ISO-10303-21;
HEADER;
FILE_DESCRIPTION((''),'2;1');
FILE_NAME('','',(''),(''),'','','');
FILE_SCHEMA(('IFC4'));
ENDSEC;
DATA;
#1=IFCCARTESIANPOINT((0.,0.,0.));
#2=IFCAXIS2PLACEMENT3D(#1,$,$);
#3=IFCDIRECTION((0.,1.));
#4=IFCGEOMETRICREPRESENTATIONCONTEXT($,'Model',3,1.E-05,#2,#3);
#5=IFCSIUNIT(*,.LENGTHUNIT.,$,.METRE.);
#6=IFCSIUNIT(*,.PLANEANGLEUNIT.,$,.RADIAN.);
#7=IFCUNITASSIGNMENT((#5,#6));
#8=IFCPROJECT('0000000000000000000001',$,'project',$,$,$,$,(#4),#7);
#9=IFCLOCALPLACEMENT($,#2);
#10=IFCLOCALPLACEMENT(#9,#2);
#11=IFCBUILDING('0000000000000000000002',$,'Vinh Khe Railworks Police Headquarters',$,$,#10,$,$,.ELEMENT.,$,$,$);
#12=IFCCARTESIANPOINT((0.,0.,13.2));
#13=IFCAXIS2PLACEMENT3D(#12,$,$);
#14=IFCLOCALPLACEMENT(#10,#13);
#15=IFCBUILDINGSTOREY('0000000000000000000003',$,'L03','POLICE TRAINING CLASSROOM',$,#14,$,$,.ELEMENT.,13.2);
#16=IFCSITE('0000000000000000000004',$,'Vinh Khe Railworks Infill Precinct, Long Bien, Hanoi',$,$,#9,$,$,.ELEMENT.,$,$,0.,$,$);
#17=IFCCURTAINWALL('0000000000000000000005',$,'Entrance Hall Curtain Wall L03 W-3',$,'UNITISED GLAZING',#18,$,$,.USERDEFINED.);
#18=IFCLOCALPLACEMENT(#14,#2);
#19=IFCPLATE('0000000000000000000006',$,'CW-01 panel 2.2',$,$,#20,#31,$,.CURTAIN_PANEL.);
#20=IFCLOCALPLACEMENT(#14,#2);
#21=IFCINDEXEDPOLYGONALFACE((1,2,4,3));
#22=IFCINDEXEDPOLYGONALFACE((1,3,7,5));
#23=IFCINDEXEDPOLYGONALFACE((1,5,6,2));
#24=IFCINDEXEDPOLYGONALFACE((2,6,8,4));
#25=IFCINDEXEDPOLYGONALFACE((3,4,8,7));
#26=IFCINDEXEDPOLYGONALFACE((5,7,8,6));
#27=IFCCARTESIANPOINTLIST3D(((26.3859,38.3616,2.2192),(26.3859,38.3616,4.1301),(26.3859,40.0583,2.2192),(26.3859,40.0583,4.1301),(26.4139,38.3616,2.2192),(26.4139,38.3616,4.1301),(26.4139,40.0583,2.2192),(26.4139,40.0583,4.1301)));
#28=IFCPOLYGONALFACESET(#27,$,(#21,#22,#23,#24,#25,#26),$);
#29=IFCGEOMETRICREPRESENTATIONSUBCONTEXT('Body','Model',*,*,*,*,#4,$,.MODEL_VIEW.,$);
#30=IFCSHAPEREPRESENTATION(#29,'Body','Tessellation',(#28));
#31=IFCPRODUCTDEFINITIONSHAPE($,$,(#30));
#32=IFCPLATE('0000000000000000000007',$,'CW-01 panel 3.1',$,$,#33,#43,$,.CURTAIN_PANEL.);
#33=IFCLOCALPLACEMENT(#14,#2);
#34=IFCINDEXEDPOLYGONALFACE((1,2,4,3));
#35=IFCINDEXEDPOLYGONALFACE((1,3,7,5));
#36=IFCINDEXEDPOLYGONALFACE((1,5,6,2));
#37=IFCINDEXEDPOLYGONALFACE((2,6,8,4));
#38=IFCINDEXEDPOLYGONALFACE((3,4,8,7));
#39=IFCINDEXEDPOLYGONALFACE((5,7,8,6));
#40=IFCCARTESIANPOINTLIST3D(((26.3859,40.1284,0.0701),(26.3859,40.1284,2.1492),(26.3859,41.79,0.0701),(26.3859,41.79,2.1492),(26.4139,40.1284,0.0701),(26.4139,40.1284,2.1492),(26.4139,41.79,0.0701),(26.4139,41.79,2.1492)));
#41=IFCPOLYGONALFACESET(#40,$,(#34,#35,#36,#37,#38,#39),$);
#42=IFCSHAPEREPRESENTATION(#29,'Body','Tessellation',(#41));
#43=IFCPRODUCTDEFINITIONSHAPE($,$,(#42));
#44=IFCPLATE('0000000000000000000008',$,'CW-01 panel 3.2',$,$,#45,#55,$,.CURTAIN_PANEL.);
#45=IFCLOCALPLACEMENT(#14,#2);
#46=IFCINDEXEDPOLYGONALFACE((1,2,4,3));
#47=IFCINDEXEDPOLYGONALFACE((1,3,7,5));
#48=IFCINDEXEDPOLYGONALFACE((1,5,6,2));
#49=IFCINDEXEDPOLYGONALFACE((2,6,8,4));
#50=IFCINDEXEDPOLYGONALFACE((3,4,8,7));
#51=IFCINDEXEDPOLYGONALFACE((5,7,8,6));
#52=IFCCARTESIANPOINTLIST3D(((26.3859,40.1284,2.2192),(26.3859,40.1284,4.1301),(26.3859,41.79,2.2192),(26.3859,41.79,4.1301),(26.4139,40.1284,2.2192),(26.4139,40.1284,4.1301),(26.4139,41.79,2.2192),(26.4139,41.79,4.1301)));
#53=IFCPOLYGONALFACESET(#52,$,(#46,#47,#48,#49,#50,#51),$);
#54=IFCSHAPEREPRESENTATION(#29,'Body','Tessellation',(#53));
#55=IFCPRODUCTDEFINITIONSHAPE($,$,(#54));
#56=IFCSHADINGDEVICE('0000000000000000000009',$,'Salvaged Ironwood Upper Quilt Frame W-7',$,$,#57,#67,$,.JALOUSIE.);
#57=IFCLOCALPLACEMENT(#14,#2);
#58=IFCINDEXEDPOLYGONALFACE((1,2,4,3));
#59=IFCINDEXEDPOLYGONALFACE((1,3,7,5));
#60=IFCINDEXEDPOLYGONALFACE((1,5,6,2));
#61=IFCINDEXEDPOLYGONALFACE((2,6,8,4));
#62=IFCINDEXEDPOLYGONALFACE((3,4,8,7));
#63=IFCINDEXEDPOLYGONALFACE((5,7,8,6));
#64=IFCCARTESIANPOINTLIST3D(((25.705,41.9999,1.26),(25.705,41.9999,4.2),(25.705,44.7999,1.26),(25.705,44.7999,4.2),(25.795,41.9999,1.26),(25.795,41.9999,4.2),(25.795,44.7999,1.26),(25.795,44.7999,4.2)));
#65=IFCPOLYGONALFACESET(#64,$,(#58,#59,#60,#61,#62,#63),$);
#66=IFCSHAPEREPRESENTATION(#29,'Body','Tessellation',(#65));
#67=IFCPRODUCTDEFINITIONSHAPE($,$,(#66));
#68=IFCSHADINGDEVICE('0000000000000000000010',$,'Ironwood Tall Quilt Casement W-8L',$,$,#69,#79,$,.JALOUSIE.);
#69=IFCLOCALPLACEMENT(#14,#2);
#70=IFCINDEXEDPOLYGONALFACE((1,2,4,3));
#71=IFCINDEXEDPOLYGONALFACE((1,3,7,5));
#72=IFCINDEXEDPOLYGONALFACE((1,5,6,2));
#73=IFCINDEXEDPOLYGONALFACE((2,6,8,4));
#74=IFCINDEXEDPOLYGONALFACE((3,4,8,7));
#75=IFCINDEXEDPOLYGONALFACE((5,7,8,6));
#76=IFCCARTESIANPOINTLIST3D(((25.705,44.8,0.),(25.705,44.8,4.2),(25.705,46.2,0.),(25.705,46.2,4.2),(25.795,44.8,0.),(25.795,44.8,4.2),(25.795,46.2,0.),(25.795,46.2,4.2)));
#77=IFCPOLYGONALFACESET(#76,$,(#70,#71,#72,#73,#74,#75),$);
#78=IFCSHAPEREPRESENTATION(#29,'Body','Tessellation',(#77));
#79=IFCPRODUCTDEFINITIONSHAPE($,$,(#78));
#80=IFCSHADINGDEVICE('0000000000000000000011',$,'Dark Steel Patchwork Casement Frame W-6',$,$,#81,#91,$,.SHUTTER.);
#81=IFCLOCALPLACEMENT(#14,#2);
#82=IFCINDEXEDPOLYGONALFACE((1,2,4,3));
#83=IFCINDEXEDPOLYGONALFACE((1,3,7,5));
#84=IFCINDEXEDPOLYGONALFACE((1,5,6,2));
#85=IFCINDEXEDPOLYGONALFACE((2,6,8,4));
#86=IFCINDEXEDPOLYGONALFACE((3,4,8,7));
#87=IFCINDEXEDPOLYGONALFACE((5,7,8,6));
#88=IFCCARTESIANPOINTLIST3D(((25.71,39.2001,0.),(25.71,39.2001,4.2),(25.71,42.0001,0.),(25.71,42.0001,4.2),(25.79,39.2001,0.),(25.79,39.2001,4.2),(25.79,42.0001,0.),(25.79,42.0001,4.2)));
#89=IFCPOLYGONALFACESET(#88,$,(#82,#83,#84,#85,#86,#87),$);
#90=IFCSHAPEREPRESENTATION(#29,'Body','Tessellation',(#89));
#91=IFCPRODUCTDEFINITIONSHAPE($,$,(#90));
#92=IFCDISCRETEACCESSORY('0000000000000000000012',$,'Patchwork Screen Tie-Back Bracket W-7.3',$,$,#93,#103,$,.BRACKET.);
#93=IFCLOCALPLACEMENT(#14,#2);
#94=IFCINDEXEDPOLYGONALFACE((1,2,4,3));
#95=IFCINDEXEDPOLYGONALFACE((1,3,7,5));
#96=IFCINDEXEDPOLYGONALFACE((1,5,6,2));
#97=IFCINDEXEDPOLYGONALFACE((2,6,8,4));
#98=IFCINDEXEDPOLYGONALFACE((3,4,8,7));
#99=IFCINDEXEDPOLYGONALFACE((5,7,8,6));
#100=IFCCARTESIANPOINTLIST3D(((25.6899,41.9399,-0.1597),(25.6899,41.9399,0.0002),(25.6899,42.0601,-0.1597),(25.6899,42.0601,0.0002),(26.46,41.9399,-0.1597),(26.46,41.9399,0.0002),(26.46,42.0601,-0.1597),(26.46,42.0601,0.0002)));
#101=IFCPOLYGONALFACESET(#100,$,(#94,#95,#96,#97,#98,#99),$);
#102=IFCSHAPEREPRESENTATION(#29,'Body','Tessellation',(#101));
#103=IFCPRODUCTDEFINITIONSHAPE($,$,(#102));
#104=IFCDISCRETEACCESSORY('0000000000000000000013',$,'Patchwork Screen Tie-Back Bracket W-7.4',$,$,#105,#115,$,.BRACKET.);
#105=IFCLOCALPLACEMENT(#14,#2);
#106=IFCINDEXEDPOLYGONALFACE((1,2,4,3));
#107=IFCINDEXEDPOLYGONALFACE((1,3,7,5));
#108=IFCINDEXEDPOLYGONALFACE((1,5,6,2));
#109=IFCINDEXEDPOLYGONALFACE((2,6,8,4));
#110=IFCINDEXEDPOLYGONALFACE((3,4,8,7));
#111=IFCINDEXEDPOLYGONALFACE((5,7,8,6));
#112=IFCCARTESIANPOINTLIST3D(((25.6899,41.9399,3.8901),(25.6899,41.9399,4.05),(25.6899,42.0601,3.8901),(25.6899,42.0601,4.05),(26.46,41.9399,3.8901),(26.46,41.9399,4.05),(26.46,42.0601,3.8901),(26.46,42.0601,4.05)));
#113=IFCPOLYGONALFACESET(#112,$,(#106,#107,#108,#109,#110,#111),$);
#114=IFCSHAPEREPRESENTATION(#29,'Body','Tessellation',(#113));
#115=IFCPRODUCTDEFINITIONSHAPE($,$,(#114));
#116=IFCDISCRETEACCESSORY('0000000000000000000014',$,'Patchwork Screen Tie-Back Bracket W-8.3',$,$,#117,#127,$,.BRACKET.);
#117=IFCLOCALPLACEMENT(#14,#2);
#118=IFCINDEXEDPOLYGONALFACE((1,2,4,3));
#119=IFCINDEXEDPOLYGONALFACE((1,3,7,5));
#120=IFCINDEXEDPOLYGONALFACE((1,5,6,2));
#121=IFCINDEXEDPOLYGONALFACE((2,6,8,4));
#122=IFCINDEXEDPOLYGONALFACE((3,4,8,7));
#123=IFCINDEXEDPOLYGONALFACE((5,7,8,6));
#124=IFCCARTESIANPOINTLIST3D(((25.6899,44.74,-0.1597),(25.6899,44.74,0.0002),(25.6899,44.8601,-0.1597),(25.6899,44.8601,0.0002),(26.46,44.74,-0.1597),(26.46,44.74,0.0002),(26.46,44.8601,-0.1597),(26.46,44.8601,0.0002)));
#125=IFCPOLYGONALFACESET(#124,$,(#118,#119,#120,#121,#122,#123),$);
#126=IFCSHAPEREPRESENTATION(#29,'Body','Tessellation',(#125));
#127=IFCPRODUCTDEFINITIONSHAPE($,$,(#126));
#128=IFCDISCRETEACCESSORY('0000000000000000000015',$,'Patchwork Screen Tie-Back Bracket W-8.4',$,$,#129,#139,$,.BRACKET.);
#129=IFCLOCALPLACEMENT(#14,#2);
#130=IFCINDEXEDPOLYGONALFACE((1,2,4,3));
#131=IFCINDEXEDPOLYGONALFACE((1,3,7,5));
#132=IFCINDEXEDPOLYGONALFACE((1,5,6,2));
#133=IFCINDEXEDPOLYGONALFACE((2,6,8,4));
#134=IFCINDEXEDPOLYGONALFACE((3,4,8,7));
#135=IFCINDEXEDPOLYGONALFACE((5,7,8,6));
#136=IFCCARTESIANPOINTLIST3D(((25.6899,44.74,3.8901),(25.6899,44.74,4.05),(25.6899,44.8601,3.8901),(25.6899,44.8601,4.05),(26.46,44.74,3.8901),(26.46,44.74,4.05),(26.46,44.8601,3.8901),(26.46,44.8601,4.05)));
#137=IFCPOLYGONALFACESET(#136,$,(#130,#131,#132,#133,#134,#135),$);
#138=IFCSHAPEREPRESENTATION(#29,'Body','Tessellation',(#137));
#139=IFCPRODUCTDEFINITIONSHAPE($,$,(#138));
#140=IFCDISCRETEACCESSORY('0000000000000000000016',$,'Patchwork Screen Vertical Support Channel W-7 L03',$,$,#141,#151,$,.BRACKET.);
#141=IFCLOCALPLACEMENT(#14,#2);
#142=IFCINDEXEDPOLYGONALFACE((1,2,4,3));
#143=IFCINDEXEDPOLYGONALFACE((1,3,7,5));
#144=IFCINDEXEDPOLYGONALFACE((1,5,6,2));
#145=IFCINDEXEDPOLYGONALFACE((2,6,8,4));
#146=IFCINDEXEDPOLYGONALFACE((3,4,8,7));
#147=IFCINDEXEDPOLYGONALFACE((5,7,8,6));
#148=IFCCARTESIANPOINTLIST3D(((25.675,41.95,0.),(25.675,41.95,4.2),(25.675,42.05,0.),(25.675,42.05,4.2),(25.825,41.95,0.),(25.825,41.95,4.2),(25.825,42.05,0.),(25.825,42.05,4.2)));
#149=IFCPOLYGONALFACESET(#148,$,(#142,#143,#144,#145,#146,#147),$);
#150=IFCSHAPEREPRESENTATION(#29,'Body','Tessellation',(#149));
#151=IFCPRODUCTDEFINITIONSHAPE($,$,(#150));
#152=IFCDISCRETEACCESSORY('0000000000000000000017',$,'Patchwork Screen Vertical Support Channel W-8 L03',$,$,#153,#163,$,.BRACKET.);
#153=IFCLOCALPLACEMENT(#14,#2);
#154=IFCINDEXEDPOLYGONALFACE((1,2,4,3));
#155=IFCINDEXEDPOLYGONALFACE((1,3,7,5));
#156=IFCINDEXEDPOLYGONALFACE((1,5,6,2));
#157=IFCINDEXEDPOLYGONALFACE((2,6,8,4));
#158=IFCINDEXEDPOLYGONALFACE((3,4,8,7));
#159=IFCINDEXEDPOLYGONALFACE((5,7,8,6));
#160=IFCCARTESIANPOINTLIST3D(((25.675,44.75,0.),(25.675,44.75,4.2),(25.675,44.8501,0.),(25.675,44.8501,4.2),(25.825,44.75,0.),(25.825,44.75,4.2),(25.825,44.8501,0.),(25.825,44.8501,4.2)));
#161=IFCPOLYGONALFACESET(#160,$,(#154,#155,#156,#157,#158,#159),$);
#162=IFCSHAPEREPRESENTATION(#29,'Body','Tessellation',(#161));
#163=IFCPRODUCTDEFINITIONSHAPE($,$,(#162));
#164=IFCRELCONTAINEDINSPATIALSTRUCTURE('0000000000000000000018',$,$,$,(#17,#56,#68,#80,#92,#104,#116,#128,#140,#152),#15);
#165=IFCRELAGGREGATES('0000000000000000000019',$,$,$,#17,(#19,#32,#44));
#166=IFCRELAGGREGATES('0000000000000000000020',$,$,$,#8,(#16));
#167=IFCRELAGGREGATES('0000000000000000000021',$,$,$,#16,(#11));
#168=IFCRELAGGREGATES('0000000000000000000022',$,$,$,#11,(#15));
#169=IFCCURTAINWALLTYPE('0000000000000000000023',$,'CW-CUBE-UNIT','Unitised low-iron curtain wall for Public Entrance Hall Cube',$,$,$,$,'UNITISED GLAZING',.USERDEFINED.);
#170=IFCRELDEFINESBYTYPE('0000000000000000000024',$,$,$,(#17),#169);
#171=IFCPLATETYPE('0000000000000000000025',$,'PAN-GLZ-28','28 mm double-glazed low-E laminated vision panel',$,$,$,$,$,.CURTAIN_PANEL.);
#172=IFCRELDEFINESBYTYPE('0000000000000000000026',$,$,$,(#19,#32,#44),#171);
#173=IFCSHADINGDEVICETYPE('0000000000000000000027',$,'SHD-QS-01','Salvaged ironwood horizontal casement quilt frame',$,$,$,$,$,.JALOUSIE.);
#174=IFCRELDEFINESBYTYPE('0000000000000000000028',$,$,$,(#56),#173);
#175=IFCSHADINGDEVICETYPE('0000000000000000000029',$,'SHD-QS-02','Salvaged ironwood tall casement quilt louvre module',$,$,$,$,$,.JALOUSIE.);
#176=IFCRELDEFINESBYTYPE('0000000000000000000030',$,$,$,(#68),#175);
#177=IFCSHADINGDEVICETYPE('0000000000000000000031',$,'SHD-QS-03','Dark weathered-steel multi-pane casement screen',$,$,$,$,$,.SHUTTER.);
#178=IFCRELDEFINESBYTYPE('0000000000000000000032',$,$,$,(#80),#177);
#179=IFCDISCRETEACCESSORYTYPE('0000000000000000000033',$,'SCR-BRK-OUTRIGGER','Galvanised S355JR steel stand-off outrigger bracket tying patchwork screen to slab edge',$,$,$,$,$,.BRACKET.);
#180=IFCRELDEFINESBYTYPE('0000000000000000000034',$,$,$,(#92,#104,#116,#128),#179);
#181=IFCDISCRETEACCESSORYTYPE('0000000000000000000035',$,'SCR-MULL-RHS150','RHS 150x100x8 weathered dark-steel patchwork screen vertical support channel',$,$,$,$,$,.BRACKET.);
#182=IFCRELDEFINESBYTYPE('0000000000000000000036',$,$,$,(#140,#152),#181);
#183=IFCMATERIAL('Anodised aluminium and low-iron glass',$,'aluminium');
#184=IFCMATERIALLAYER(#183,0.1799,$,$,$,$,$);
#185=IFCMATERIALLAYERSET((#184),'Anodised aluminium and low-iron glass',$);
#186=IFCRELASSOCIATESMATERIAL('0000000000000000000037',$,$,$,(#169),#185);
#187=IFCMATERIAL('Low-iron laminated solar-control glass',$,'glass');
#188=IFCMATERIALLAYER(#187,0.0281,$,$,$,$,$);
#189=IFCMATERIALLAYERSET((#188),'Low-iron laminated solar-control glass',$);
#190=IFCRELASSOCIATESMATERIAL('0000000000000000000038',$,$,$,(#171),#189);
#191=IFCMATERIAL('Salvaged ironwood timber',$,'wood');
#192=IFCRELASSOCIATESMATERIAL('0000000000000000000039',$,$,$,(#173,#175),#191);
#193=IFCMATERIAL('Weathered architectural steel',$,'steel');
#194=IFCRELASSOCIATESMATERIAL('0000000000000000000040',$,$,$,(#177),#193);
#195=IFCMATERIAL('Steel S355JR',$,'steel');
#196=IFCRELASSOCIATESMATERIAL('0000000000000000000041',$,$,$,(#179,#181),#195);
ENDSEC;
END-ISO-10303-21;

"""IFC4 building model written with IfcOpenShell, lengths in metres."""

from ifc_helpers import new_model, si_unit, direction, frame, origin, origin_2d, place, context, subcontext, project, spatial, rectangle, extrude, material, layer, layer_set, type_object, element, aggregate, save


model = new_model("IFC4")

# Units and contexts
model_context = context("Model", 3, precision=1e-05, world=origin(), true_north=direction((0.0, 1.0)))
body_context = subcontext(model_context, "Body", "Model", "MODEL_VIEW")
ifc_project = project(units=[si_unit("LENGTHUNIT", "METRE"), si_unit("PLANEANGLEUNIT", "RADIAN")], contexts=[model_context])

# Site, building, storey
site_placement = place(None, origin())
site = spatial("IfcSite", under=ifc_project, at=site_placement, Name="Vinh Khe Railworks Infill Precinct, Long Bien, Hanoi", CompositionType="ELEMENT", RefElevation=0.0)
building_placement = place(site_placement, origin())
building = spatial("IfcBuilding", under=site, at=building_placement, Name="Vinh Khe Railworks Police Headquarters", CompositionType="ELEMENT")
storey_placement = place(building_placement, frame((0.0, 0.0, 13.2)))
storey = spatial("IfcBuildingStorey", under=building, at=storey_placement, Name="L03", Description="POLICE TRAINING CLASSROOM", CompositionType="ELEMENT", Elevation=13.2)

# Shared definitions
ifc_material_1 = material(Name="Steel S355JR", Category="steel")

# Shared definitions
ifc_material_2 = material(Name="Salvaged ironwood timber", Category="wood")

# Curtain wall
ifc_material_3 = material(Name="Anodised aluminium and low-iron glass", Category="aluminium")
ifc_layer_1 = layer(ifc_material_3, 0.1799)
ifc_layer_set_1 = layer_set([ifc_layer_1], Name="Anodised aluminium and low-iron glass")
curtain_wall_type = type_object("IfcCurtainWallType", Name="CW-CUBE-UNIT", Description="Unitised low-iron curtain wall for Public Entrance Hall Cube", ElementType="UNITISED GLAZING", PredefinedType="USERDEFINED", material=ifc_layer_set_1)
curtain_wall_1_placement = place(storey_placement, origin())
curtain_wall_1 = element("IfcCurtainWall", 1, at=curtain_wall_1_placement, inside=storey, type_object=curtain_wall_type, Name="Entrance Hall Curtain Wall L03 W-3", ObjectType="UNITISED GLAZING", PredefinedType="USERDEFINED")

# Plates
ifc_material_4 = material(Name="Low-iron laminated solar-control glass", Category="glass")
ifc_layer_2 = layer(ifc_material_4, 0.0281)
ifc_layer_set_2 = layer_set([ifc_layer_2], Name="Low-iron laminated solar-control glass")
plate_type = type_object("IfcPlateType", Name="PAN-GLZ-28", Description="28 mm double-glazed low-E laminated vision panel", PredefinedType="CURTAIN_PANEL", material=ifc_layer_set_2)
plate_1_placement = place(storey_placement, frame((26.3999, 39.21, 2.2192), z_axis=(0.0, 0.0, 1.0), x_axis=(0.0, 1.0, 0.0)))
plate_1 = element("IfcPlate", 2, at=plate_1_placement, type_object=plate_type, Name="CW-01 panel 2.2", PredefinedType="CURTAIN_PANEL", context=body_context, shape_type="SweptSolid", body=[
    extrude(rectangle(XDim=1.6968, YDim=0.0281, at=origin_2d()), origin(), (0.0, 0.0, 1.0), 1.9109),
])
plate_2_placement = place(storey_placement, frame((26.3999, 40.9592, 0.0701), z_axis=(0.0, 0.0, 1.0), x_axis=(0.0, 1.0, 0.0)))
plate_2 = element("IfcPlate", 3, at=plate_2_placement, type_object=plate_type, Name="CW-01 panel 3.1", PredefinedType="CURTAIN_PANEL", context=body_context, shape_type="SweptSolid", body=[
    extrude(rectangle(XDim=1.6616, YDim=0.0281, at=origin_2d()), origin(), (0.0, 0.0, 1.0), 2.0791),
])
plate_3_placement = place(storey_placement, frame((26.3999, 40.9592, 2.2192), z_axis=(0.0, 0.0, 1.0), x_axis=(0.0, 1.0, 0.0)))
plate_3 = element("IfcPlate", 4, at=plate_3_placement, type_object=plate_type, Name="CW-01 panel 3.2", PredefinedType="CURTAIN_PANEL", context=body_context, shape_type="SweptSolid", body=[
    extrude(rectangle(XDim=1.6616, YDim=0.0281, at=origin_2d()), origin(), (0.0, 0.0, 1.0), 1.9109),
])
aggregate(curtain_wall_1, [plate_1, plate_2, plate_3])

# Shading devices
shading_device_type_1 = type_object("IfcShadingDeviceType", Name="SHD-QS-01", Description="Salvaged ironwood horizontal casement quilt frame", PredefinedType="JALOUSIE", material=ifc_material_2)
shading_device_1_placement = place(storey_placement, frame((25.75, 43.3999, 1.26), z_axis=(0.0, 0.0, 1.0), x_axis=(0.0, 1.0, 0.0)))
element("IfcShadingDevice", 5, at=shading_device_1_placement, inside=storey, type_object=shading_device_type_1, Name="Salvaged Ironwood Upper Quilt Frame W-7", PredefinedType="JALOUSIE", context=body_context, shape_type="SweptSolid", body=[
    extrude(rectangle(XDim=2.8, YDim=0.0901, at=origin_2d()), origin(), (0.0, 0.0, 1.0), 2.9399),
])
shading_device_type_2 = type_object("IfcShadingDeviceType", Name="SHD-QS-02", Description="Salvaged ironwood tall casement quilt louvre module", PredefinedType="JALOUSIE", material=ifc_material_2)
shading_device_2_placement = place(storey_placement, frame((25.75, 45.5, 0.0), z_axis=(0.0, 0.0, 1.0), x_axis=(0.0, 1.0, 0.0)))
element("IfcShadingDevice", 6, at=shading_device_2_placement, inside=storey, type_object=shading_device_type_2, Name="Ironwood Tall Quilt Casement W-8L", PredefinedType="JALOUSIE", context=body_context, shape_type="SweptSolid", body=[
    extrude(rectangle(XDim=1.3999, YDim=0.0901, at=origin_2d()), origin(), (0.0, 0.0, 1.0), 4.2),
])
ifc_material_5 = material(Name="Weathered architectural steel", Category="steel")
shading_device_type_3 = type_object("IfcShadingDeviceType", Name="SHD-QS-03", Description="Dark weathered-steel multi-pane casement screen", PredefinedType="SHUTTER", material=ifc_material_5)
shading_device_3_placement = place(storey_placement, frame((25.75, 40.6001, 0.0), z_axis=(0.0, 0.0, 1.0), x_axis=(0.0, 1.0, 0.0)))
element("IfcShadingDevice", 7, at=shading_device_3_placement, inside=storey, type_object=shading_device_type_3, Name="Dark Steel Patchwork Casement Frame W-6", PredefinedType="SHUTTER", context=body_context, shape_type="SweptSolid", body=[
    extrude(rectangle(XDim=2.8, YDim=0.0801, at=origin_2d()), origin(), (0.0, 0.0, 1.0), 4.2),
])

# Discrete accessories
discrete_accessory_type_1 = type_object("IfcDiscreteAccessoryType", Name="SCR-BRK-OUTRIGGER", Description="Galvanised S355JR steel stand-off outrigger bracket tying patchwork screen to slab edge", PredefinedType="BRACKET", material=ifc_material_1)
for number, where, z_axis, x_axis, name in (
    (8, (26.075, 42.0, -0.1597), (0.0, 0.0, 1.0), (1.0, 0.0, 0.0), "Patchwork Screen Tie-Back Bracket W-7.3"),
    (9, (26.075, 42.0, 3.8901), (0.0, 0.0, 1.0), (1.0, 0.0, 0.0), "Patchwork Screen Tie-Back Bracket W-7.4"),
    (10, (26.075, 44.8, -0.1597), (0.0, 0.0, 1.0), (1.0, 0.0, 0.0), "Patchwork Screen Tie-Back Bracket W-8.3"),
    (11, (26.075, 44.8, 3.8901), (0.0, 0.0, 1.0), (1.0, 0.0, 0.0), "Patchwork Screen Tie-Back Bracket W-8.4"),
):
    element("IfcDiscreteAccessory", number, at=place(storey_placement, frame(where, z_axis=z_axis, x_axis=x_axis)), inside=storey, type_object=discrete_accessory_type_1, Name=name, PredefinedType="BRACKET", context=body_context, shape_type="SweptSolid", body=[
        extrude(rectangle(XDim=0.77, YDim=0.1201, at=origin_2d()), origin(), (0.0, 0.0, 1.0), 0.1599),
    ])
discrete_accessory_type_2 = type_object("IfcDiscreteAccessoryType", Name="SCR-MULL-RHS150", Description="RHS 150x100x8 weathered dark-steel patchwork screen vertical support channel", PredefinedType="BRACKET", material=ifc_material_1)
for number, where, z_axis, x_axis, name in (
    (12, (25.75, 42.0, 0.0), (0.0, 0.0, 1.0), (1.0, 0.0, 0.0), "Patchwork Screen Vertical Support Channel W-7 L03"),
    (13, (25.75, 44.8, 0.0), (0.0, 0.0, 1.0), (1.0, 0.0, 0.0), "Patchwork Screen Vertical Support Channel W-8 L03"),
):
    element("IfcDiscreteAccessory", number, at=place(storey_placement, frame(where, z_axis=z_axis, x_axis=x_axis)), inside=storey, type_object=discrete_accessory_type_2, Name=name, PredefinedType="BRACKET", context=body_context, shape_type="SweptSolid", body=[
        extrude(rectangle(XDim=0.1499, YDim=0.1001, at=origin_2d()), origin(), (0.0, 0.0, 1.0), 4.2),
    ])

save(model, "model.ifc")
